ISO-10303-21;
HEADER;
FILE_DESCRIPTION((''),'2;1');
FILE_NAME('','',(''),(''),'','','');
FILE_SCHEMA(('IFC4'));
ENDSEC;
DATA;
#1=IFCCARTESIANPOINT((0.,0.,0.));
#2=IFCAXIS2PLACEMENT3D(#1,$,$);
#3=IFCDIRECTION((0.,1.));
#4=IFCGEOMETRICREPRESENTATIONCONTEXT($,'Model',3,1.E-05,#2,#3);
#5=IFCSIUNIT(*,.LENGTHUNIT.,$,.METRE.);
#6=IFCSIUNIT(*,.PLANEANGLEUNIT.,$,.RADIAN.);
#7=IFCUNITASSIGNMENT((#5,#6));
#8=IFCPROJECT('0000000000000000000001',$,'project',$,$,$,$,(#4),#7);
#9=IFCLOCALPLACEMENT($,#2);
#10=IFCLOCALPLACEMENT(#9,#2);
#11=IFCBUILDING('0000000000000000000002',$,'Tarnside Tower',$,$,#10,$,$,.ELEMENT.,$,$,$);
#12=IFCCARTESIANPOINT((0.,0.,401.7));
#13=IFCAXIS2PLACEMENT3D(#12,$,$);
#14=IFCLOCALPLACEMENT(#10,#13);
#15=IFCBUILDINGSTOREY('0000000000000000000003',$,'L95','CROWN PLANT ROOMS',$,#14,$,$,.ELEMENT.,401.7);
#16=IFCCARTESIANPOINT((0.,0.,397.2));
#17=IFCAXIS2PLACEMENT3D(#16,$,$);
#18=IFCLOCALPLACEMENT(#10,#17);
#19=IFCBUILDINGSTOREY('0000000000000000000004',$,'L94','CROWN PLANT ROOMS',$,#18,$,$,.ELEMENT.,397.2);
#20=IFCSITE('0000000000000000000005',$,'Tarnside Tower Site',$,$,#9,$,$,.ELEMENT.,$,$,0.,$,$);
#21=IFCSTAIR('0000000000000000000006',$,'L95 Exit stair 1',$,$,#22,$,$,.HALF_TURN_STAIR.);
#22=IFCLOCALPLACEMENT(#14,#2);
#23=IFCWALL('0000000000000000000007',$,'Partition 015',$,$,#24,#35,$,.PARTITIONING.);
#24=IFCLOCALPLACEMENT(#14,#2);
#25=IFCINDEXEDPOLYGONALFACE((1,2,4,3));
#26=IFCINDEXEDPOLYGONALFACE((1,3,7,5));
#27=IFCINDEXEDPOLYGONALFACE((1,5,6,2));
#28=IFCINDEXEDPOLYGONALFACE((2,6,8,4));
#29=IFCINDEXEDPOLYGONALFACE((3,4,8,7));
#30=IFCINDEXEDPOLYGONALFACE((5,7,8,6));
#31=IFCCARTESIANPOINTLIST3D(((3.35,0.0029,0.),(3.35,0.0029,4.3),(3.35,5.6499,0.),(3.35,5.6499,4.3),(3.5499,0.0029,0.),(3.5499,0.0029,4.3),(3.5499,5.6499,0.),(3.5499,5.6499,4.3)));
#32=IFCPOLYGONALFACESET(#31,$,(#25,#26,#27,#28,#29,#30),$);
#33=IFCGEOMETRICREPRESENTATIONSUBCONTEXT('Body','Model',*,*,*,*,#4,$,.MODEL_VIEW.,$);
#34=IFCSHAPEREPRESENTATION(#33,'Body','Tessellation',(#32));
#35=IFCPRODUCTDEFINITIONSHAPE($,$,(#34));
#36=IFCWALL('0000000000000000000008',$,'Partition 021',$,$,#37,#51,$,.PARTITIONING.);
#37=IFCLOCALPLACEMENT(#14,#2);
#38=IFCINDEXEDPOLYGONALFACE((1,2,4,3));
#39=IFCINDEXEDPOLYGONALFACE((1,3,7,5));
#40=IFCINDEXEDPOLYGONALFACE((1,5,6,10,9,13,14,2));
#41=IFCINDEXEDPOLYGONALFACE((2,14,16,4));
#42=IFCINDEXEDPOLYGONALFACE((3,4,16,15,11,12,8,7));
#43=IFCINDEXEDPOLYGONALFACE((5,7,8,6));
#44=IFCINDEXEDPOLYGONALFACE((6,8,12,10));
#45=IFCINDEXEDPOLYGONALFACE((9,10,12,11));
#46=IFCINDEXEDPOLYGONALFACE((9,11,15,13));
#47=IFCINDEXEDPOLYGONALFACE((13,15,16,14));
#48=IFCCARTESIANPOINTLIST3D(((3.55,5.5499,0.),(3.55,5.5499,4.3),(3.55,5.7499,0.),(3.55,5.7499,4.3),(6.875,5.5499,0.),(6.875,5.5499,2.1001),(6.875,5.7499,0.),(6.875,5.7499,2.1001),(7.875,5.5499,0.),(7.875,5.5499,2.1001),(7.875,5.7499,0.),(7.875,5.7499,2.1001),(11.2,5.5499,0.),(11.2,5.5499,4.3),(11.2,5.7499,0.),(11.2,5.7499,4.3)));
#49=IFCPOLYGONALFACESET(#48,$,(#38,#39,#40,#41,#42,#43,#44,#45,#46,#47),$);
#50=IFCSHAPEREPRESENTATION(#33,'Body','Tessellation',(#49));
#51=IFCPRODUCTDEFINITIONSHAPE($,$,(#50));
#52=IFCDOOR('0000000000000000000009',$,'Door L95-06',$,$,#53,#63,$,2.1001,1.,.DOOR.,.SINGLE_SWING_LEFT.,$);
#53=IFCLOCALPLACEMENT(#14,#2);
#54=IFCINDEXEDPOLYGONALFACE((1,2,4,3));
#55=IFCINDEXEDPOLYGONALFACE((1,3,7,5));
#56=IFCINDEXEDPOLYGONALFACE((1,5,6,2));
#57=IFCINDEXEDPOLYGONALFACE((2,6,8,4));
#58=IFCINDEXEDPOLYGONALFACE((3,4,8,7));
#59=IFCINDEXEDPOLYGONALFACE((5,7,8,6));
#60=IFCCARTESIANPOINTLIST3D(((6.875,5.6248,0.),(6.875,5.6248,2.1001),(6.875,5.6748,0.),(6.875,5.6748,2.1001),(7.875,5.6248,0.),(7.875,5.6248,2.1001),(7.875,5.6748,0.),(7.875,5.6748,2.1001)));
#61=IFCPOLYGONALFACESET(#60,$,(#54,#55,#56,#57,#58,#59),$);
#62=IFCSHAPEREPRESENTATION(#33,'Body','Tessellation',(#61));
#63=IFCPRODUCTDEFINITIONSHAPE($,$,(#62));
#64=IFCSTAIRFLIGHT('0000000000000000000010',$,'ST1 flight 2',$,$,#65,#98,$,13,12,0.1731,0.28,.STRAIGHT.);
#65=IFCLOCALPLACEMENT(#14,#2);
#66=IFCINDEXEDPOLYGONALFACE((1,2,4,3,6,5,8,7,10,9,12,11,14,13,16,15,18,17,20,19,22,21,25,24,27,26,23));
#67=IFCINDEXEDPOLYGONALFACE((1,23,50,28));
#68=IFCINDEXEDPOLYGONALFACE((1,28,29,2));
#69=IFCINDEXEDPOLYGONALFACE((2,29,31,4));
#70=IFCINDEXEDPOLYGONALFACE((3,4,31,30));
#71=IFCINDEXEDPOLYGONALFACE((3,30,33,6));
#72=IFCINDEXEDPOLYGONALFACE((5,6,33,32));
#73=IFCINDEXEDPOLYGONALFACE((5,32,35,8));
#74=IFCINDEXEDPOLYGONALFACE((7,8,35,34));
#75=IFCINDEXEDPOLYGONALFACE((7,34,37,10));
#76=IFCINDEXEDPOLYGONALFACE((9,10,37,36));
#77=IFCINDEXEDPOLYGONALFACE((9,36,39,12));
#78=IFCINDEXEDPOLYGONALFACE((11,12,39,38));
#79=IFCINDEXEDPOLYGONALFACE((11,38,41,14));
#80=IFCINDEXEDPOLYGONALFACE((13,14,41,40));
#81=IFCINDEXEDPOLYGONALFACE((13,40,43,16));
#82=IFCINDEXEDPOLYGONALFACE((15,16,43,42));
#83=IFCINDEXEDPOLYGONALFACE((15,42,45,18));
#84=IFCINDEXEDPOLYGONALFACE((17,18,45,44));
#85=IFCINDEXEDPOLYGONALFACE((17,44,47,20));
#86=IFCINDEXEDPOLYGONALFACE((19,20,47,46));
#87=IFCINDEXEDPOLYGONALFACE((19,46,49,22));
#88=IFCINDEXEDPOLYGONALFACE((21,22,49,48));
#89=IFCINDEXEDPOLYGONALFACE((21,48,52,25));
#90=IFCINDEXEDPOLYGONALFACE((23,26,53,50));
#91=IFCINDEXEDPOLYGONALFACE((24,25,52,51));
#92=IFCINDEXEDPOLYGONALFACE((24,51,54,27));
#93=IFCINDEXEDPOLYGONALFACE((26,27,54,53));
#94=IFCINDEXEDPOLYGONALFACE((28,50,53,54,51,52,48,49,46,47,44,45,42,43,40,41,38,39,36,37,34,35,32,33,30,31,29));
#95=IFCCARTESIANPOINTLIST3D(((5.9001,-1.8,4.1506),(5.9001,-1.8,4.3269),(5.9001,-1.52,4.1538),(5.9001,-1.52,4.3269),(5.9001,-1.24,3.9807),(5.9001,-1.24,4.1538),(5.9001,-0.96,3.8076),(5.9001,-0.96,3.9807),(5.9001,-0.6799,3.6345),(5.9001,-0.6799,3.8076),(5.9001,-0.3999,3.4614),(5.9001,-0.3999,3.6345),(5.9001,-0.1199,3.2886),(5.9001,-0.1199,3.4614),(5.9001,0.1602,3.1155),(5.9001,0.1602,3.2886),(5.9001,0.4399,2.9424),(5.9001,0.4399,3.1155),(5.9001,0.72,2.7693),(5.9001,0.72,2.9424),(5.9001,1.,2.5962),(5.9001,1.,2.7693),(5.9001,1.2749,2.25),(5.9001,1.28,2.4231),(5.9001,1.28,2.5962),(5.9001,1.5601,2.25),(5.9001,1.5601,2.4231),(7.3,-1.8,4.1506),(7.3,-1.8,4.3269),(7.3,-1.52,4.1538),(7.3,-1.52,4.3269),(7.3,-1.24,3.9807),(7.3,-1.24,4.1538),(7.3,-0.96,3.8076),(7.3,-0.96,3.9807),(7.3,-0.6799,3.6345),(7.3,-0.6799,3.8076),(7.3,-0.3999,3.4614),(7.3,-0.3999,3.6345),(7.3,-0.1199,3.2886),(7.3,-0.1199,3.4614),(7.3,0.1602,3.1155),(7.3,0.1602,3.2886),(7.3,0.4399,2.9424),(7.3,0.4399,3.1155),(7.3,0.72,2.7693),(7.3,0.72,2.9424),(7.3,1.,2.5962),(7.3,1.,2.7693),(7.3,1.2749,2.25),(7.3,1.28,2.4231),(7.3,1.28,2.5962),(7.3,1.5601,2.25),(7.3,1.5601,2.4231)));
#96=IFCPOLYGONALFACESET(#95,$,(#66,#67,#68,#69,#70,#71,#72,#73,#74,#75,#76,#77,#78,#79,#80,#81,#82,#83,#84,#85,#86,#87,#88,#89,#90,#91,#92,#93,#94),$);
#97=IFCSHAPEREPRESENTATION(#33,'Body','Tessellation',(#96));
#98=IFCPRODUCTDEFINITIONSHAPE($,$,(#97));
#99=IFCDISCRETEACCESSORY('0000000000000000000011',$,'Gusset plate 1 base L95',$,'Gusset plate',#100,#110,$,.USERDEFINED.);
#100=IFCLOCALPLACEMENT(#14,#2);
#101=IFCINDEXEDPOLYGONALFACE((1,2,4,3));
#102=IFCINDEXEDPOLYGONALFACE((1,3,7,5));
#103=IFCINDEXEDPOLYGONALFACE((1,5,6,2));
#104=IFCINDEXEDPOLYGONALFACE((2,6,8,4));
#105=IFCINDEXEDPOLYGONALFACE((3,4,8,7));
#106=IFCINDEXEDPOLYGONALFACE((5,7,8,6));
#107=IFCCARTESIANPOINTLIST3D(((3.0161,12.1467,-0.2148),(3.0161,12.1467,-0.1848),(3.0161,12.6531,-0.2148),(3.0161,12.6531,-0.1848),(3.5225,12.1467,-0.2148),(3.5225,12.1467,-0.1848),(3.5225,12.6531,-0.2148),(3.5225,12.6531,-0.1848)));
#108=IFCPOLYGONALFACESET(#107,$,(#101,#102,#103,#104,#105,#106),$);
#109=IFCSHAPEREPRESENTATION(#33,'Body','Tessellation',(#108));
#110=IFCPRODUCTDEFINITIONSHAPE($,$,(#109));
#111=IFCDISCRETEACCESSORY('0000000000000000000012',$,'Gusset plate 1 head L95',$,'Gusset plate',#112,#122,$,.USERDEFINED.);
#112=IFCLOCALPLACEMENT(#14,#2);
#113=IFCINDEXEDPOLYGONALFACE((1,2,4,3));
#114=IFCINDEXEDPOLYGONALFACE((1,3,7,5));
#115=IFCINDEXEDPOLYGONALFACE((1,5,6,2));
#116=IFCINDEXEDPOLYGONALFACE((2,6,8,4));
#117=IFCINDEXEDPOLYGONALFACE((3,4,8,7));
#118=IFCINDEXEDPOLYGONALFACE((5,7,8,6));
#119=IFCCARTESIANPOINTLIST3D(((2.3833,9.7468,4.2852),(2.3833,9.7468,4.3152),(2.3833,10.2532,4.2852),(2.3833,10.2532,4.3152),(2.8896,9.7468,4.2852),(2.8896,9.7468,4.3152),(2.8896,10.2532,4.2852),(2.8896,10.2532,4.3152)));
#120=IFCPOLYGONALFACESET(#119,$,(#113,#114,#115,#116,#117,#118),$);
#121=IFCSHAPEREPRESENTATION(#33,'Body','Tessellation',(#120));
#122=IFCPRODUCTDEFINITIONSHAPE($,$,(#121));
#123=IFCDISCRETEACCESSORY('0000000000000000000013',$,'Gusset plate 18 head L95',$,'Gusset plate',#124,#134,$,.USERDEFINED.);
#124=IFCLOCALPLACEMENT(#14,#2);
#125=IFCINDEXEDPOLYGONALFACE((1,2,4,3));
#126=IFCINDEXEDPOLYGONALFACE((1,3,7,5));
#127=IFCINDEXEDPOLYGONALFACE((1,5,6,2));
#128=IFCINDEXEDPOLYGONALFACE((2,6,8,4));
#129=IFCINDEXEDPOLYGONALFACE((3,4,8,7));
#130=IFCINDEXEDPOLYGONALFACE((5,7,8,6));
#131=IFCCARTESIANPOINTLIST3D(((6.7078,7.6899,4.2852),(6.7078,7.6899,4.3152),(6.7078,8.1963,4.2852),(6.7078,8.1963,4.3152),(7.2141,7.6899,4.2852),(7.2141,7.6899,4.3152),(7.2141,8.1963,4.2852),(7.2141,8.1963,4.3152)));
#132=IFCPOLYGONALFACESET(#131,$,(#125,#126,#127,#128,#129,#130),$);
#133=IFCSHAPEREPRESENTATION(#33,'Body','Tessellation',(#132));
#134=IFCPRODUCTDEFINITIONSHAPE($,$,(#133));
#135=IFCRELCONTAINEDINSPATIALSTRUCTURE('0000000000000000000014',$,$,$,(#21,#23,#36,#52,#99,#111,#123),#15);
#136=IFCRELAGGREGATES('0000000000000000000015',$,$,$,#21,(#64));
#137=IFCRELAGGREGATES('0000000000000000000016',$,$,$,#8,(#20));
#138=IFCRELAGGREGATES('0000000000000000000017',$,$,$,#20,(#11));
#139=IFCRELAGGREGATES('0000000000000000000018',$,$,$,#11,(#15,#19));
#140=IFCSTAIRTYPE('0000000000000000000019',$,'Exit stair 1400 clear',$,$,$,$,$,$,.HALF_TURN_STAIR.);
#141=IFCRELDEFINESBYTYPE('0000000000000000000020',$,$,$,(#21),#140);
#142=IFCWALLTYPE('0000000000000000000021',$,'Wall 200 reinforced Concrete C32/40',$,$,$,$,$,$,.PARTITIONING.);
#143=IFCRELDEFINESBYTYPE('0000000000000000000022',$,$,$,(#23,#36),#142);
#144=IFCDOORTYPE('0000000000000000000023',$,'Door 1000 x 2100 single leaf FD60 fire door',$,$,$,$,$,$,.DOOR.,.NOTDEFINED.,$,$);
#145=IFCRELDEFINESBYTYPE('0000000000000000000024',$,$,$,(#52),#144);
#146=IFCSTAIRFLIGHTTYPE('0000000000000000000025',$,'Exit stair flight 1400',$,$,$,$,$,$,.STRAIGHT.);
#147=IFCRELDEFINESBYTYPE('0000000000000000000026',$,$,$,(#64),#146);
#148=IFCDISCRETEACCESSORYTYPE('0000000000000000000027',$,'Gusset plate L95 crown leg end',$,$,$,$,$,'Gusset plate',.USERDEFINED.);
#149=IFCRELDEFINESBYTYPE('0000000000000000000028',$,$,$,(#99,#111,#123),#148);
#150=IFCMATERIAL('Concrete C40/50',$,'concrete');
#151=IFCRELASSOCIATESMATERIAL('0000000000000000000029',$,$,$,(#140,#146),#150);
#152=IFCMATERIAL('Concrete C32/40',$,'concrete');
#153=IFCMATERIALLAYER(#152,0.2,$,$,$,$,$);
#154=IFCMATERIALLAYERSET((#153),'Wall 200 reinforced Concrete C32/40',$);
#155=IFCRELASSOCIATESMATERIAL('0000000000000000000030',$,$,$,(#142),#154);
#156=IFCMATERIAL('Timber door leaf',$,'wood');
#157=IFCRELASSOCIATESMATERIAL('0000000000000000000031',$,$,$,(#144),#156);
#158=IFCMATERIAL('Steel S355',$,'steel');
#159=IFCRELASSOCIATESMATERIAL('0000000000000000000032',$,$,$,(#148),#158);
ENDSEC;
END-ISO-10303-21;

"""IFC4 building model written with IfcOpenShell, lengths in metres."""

from ifc_helpers import new_model, si_unit, direction, frame, frame_2d, origin, origin_2d, place, context, subcontext, project, spatial, polyline, rectangle, outline, extrude, material, layer, layer_set, type_object, element, fill, aggregate, save


model = new_model("IFC4")

# Units and contexts
model_context = context("Model", 3, precision=1e-05, world=origin(), true_north=direction((0.0, 1.0)))
body_context = subcontext(model_context, "Body", "Model", "MODEL_VIEW")
ifc_project = project(units=[si_unit("LENGTHUNIT", "METRE"), si_unit("PLANEANGLEUNIT", "RADIAN")], contexts=[model_context])

# Site, building, storey
site_placement = place(None, origin())
site = spatial("IfcSite", under=ifc_project, at=site_placement, Name="Tarnside Tower Site", CompositionType="ELEMENT", RefElevation=0.0)
building_placement = place(site_placement, origin())
building = spatial("IfcBuilding", under=site, at=building_placement, Name="Tarnside Tower", CompositionType="ELEMENT")
storey_1_placement = place(building_placement, frame((0.0, 0.0, 401.7)))
storey_1 = spatial("IfcBuildingStorey", under=building, at=storey_1_placement, Name="L95", Description="CROWN PLANT ROOMS", CompositionType="ELEMENT", Elevation=401.7)

# Shared definitions
ifc_material_1 = material(Name="Steel S355", Category="steel")

# Shared definitions
ifc_material_2 = material(Name="Concrete C40/50", Category="concrete")

# Shared definitions
storey_2_placement = place(building_placement, frame((0.0, 0.0, 397.2)))
storey_2 = spatial("IfcBuildingStorey", under=building, at=storey_2_placement, Name="L94", Description="CROWN PLANT ROOMS", CompositionType="ELEMENT", Elevation=397.2)

# Stair
stair_type = type_object("IfcStairType", Name="Exit stair 1400 clear", PredefinedType="HALF_TURN_STAIR", material=ifc_material_2)
stair_1_placement = place(storey_1_placement, origin())
stair_1 = element("IfcStair", 1, at=stair_1_placement, inside=storey_1, type_object=stair_type, Name="L95 Exit stair 1", PredefinedType="HALF_TURN_STAIR")

# Wall
ifc_material_3 = material(Name="Concrete C32/40", Category="concrete")
ifc_layer_1 = layer(ifc_material_3, 0.2)
ifc_layer_set_1 = layer_set([ifc_layer_1], Name="Wall 200 reinforced Concrete C32/40")
wall_type_1 = type_object("IfcWallType", Name="Wall 200 reinforced Concrete C32/40", PredefinedType="PARTITIONING", material=ifc_layer_set_1)
wall_1_placement = place(storey_1_placement, frame((3.45, 5.6499, 0.0), z_axis=(0.0, 0.0, 1.0), x_axis=(0.0, -1.0, 0.0)))
element("IfcWall", 2, at=wall_1_placement, inside=storey_1, type_object=wall_type_1, Name="Partition 015", PredefinedType="PARTITIONING", context=body_context, shape_type="SweptSolid", body=[
    extrude(rectangle(XDim=5.647, YDim=0.2, at=frame_2d((2.8235, 0.0))), origin(), (0.0, 0.0, 1.0), 4.3),
])

# Wall, opening, door
wall_2_placement = place(storey_1_placement, frame((3.55, 5.6499, 0.0), z_axis=(0.0, 0.0, 1.0), x_axis=(1.0, 0.0, 0.0)))
wall_2 = element("IfcWall", 3, at=wall_2_placement, inside=storey_1, type_object=wall_type_1, Name="Partition 021", PredefinedType="PARTITIONING", context=body_context, shape_type="SweptSolid", body=[
    extrude(rectangle(XDim=7.6499, YDim=0.2, at=frame_2d((3.825, 0.0))), origin(), (0.0, 0.0, 1.0), 4.3),
])
opening_1_placement = place(wall_2_placement, frame((3.325, 0.0, 0.0)))
opening_1 = element("IfcOpeningElement", 4, at=opening_1_placement, cuts=wall_2, PredefinedType="OPENING", context=body_context, shape_type="SweptSolid", body=[
    extrude(rectangle(XDim=1.0, YDim=2.1001, at=frame_2d((0.5, 1.05))), frame((0.0, 0.1099, 0.0), z_axis=(0.0, -1.0, 0.0), x_axis=(1.0, 0.0, 0.0)), (0.0, 0.0, 1.0), 0.22),
])
ifc_material_4 = material(Name="Timber door leaf", Category="wood")
door_type_1 = type_object("IfcDoorType", Name="Door 1000 x 2100 single leaf FD60 fire door", OperationType="NOTDEFINED", PredefinedType="DOOR", material=ifc_material_4)
door_1_placement = place(opening_1_placement, origin())
door_1 = element("IfcDoor", 5, at=door_1_placement, inside=storey_1, type_object=door_type_1, Name="Door L95-06", OperationType="SINGLE_SWING_LEFT", OverallHeight=2.1001, OverallWidth=1.0, PredefinedType="DOOR", context=body_context, shape_type="SweptSolid", body=[
    extrude(rectangle(XDim=1.0, YDim=2.1001, at=frame_2d((0.5, 1.05))), frame((0.0, 0.0249, 0.0), z_axis=(0.0, -1.0, 0.0), x_axis=(1.0, 0.0, 0.0)), (0.0, 0.0, 1.0), 0.05),
])
fill(opening_1, door_1)

# Stair flight
stair_flight_type = type_object("IfcStairFlightType", Name="Exit stair flight 1400", PredefinedType="STRAIGHT", material=ifc_material_2)
stair_flight_placement = place(storey_1_placement, frame((6.6001, 1.5601, 2.25), z_axis=(0.0, 0.0, 1.0), x_axis=(0.0, -1.0, 0.0)))
stair_flight = element("IfcStairFlight", 6, at=stair_flight_placement, type_object=stair_flight_type, Name="ST1 flight 2", NumberOfRisers=13, NumberOfTreads=12, PredefinedType="STRAIGHT", RiserHeight=0.1731, TreadLength=0.28, context=body_context, shape_type="SweptSolid", body=[
    extrude(outline(polyline([(0.0, 0.0), (0.0, 0.1731), (0.28, 0.1731), (0.28, 0.3462), (0.5601, 0.3462), (0.5601, 0.5193), (0.8401, 0.5193), (0.8401, 0.6924), (1.1201, 0.6924), (1.1201, 0.8655), (1.3999, 0.8655), (1.3999, 1.0386), (1.6799, 1.0386), (1.6799, 1.2114), (1.96, 1.2114), (1.96, 1.3845), (2.24, 1.3845), (2.24, 1.5576), (2.52, 1.5576), (2.52, 1.7307), (2.8, 1.7307), (2.8, 1.9038), (3.0801, 1.9038), (3.0801, 2.0769), (3.3601, 2.0769), (3.3601, 2.25), (3.3601, 1.9006), (0.2852, 0.0), (0.0, 0.0)])), frame((0.0, 0.7, 0.0), z_axis=(0.0, -1.0, 0.0), x_axis=(1.0, 0.0, 0.0)), (0.0, 0.0, 1.0), 1.3999),
])
aggregate(stair_1, [stair_flight])

# Discrete accessories
discrete_accessory_type = type_object("IfcDiscreteAccessoryType", Name="Gusset plate L95 crown leg end", ElementType="Gusset plate", PredefinedType="USERDEFINED", material=ifc_material_1)
for number, where, z_axis, x_axis, name in (
    (7, (3.2693, 12.3999, -0.2148), (0.0, 0.0, 1.0), (1.0, 0.0, 0.0), "Gusset plate 1 base L95"),
    (8, (2.6365, 10.0, 4.2852), (0.0, 0.0, 1.0), (1.0, 0.0, 0.0), "Gusset plate 1 head L95"),
    (9, (6.9609, 7.9431, 4.2852), (0.0, 0.0, 1.0), (1.0, 0.0, 0.0), "Gusset plate 18 head L95"),
):
    element("IfcDiscreteAccessory", number, at=place(storey_1_placement, frame(where, z_axis=z_axis, x_axis=x_axis)), inside=storey_1, type_object=discrete_accessory_type, Name=name, ObjectType="Gusset plate", PredefinedType="USERDEFINED", context=body_context, shape_type="SweptSolid", body=[
        extrude(rectangle(XDim=0.5063, YDim=0.5063, at=origin_2d()), origin(), (0.0, 0.0, 1.0), 0.03),
    ])

save(model, "model.ifc")
